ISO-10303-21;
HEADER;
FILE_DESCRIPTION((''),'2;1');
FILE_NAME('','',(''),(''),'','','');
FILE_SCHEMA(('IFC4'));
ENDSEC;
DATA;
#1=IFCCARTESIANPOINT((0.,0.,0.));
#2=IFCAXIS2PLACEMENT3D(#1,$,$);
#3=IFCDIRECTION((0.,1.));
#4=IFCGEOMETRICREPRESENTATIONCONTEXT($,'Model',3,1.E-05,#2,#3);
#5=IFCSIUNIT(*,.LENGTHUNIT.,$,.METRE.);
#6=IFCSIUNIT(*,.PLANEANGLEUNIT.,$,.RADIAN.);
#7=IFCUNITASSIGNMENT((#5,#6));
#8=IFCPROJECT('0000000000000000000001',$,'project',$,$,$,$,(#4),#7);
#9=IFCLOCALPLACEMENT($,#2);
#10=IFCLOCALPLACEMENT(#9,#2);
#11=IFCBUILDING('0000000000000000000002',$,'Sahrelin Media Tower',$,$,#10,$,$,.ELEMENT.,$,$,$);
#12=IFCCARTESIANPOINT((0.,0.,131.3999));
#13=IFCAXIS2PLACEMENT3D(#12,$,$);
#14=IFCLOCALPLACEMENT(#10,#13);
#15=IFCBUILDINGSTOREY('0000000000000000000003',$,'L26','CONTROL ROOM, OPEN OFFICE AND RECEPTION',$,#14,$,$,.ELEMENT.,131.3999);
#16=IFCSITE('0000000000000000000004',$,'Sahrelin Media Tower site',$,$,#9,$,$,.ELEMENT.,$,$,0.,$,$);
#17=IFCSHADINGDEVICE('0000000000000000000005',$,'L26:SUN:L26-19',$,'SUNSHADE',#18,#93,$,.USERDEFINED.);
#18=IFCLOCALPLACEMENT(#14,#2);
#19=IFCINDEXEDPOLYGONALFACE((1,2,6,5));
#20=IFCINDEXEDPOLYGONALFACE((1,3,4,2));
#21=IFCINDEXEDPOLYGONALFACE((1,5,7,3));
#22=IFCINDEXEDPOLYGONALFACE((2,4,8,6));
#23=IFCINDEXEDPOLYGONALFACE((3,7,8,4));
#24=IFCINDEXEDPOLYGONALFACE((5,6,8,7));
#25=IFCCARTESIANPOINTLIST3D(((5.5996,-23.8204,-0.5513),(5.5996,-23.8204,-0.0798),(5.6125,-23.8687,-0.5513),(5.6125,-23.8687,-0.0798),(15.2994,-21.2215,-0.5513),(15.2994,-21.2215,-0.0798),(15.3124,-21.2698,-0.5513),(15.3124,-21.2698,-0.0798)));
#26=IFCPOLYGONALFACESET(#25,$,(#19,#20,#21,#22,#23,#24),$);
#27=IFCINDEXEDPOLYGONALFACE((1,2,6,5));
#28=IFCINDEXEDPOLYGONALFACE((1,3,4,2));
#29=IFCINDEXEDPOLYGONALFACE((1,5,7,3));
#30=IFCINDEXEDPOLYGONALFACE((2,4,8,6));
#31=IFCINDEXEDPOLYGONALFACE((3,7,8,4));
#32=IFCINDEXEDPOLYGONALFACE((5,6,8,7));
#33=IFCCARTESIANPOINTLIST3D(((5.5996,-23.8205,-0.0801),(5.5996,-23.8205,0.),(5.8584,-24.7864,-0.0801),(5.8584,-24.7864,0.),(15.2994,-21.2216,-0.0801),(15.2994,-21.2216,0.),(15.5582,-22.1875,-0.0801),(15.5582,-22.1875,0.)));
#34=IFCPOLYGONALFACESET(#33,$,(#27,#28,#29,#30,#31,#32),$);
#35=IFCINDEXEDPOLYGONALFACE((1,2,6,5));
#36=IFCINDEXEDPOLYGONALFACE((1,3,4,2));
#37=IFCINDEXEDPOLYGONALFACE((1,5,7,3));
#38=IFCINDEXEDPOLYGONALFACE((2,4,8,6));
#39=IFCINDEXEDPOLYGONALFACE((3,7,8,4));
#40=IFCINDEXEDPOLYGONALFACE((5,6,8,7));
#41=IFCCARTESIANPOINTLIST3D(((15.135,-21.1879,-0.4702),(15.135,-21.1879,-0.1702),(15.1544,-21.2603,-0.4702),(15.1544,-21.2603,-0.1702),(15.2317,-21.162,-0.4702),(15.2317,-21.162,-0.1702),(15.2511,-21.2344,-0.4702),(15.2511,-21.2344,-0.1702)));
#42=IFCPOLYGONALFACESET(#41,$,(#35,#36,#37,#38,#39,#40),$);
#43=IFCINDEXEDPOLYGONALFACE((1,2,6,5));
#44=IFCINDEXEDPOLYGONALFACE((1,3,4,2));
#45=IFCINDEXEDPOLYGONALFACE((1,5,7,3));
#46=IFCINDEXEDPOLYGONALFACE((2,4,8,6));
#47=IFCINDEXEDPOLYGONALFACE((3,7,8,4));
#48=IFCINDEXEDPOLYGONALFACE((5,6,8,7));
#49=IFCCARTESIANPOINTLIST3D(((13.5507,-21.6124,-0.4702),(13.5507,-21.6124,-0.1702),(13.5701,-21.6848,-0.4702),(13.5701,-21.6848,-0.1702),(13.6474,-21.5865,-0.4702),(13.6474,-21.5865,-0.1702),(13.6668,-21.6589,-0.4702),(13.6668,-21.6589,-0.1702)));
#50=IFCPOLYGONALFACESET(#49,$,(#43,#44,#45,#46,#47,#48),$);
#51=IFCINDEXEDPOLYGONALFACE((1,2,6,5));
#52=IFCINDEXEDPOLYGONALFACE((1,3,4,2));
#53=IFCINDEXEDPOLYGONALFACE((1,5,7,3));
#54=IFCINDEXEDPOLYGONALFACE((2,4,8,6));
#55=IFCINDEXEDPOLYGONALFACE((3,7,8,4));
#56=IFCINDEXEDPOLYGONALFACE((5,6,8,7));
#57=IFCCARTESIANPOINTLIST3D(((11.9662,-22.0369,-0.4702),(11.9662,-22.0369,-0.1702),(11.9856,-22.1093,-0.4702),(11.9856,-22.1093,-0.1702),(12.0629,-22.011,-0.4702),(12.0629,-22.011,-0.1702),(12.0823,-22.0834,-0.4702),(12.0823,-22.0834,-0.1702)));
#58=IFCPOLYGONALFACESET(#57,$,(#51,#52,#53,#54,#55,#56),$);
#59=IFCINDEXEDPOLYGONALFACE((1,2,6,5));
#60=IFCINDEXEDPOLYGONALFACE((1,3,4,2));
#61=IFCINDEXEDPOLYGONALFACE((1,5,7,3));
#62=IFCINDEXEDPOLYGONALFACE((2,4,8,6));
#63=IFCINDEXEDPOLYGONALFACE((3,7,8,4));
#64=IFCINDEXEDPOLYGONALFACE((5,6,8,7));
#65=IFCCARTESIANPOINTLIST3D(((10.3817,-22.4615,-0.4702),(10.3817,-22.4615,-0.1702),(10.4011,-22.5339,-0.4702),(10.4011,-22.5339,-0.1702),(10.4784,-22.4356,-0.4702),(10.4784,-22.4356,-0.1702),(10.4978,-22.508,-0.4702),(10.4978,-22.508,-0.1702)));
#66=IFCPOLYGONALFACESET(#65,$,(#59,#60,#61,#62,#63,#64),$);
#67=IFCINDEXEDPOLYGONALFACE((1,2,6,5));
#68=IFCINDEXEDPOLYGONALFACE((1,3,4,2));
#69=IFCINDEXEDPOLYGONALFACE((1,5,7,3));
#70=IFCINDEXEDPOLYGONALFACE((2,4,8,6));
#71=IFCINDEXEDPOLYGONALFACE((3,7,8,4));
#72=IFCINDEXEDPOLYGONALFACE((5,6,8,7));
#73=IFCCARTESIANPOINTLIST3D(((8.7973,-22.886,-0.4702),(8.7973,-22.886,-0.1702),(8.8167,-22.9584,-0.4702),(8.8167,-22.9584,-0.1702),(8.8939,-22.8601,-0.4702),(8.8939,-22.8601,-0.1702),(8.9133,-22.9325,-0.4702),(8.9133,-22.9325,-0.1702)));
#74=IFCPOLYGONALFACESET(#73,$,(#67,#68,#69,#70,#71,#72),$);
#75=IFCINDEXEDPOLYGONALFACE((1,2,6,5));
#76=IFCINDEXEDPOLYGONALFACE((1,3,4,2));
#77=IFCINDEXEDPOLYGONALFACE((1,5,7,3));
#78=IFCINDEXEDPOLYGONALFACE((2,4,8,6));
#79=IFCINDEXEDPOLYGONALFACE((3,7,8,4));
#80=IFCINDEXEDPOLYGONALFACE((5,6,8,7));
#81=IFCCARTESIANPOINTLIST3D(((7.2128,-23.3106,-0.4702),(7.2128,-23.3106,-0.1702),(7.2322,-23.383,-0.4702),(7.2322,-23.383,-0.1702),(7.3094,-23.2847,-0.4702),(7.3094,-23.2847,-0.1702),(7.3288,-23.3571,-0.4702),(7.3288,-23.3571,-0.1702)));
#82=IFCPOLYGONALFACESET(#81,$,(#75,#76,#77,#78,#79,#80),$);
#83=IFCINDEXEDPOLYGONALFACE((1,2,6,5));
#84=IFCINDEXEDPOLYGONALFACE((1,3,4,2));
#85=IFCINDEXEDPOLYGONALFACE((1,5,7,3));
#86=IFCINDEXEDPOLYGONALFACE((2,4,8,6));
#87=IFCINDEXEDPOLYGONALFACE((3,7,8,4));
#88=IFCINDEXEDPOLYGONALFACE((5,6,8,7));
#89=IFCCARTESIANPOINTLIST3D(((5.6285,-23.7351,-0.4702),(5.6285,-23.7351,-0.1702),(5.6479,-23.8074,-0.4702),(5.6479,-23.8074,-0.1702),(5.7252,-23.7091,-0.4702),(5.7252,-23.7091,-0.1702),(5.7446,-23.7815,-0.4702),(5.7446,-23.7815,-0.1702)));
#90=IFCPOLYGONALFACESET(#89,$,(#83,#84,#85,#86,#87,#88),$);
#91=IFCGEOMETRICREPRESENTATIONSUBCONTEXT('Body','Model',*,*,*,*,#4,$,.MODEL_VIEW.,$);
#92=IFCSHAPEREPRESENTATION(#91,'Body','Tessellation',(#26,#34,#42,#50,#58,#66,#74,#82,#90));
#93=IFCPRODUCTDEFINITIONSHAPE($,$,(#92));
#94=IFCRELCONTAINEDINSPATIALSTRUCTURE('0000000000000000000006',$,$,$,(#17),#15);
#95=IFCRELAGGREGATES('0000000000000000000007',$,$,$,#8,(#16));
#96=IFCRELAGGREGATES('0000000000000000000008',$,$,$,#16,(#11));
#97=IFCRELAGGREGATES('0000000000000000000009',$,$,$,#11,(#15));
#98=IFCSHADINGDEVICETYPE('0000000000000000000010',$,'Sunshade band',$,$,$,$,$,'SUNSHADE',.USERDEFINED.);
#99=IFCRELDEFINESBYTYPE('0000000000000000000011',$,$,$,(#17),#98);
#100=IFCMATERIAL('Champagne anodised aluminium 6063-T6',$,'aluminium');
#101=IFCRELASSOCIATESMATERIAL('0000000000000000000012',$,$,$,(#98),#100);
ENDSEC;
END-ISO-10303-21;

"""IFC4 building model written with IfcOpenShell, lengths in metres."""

from ifc_helpers import new_model, si_unit, direction, frame, origin, origin_2d, place, context, subcontext, project, spatial, rectangle, extrude, material, type_object, element, save


model = new_model("IFC4")

# Units and contexts
model_context = context("Model", 3, precision=1e-05, world=origin(), true_north=direction((0.0, 1.0)))
body_context = subcontext(model_context, "Body", "Model", "MODEL_VIEW")
ifc_project = project(units=[si_unit("LENGTHUNIT", "METRE"), si_unit("PLANEANGLEUNIT", "RADIAN")], contexts=[model_context])

# Site, building, storey
site_placement = place(None, origin())
site = spatial("IfcSite", under=ifc_project, at=site_placement, Name="Sahrelin Media Tower site", CompositionType="ELEMENT", RefElevation=0.0)
building_placement = place(site_placement, origin())
building = spatial("IfcBuilding", under=site, at=building_placement, Name="Sahrelin Media Tower", CompositionType="ELEMENT")
storey_placement = place(building_placement, frame((0.0, 0.0, 131.3999)))
storey = spatial("IfcBuildingStorey", under=building, at=storey_placement, Name="L26", Description="CONTROL ROOM, OPEN OFFICE AND RECEPTION", CompositionType="ELEMENT", Elevation=131.3999)

# Shared definitions
ifc_material_1 = material(Name="Champagne anodised aluminium 6063-T6", Category="aluminium")

# Shading device
placement_1 = place(storey_placement, frame((10.4443, -22.5017, 0.0), z_axis=(0.0, 0.0, 1.0), x_axis=(-0.965929, -0.258808, 0.0)))
shading_device_type_1 = type_object("IfcShadingDeviceType", Name="Sunshade band", ElementType="SUNSHADE", PredefinedType="USERDEFINED", material=ifc_material_1)
element("IfcShadingDevice", 1, at=placement_1, inside=storey, type_object=shading_device_type_1, Name="L26:SUN:L26-19", ObjectType="SUNSHADE", PredefinedType="USERDEFINED", context=body_context, shape_type="SweptSolid", body=[
    extrude(rectangle(XDim=10.042, YDim=0.05, at=origin_2d()), frame((0.0, 0.0449, -0.5513)), (0.0, 0.0, 1.0), 0.4714),
    extrude(rectangle(XDim=10.042, YDim=1.0, at=origin_2d()), frame((0.0, 0.52, -0.0801)), (0.0, 0.0, 1.0), 0.0801),
    extrude(rectangle(XDim=0.1001, YDim=0.075, at=origin_2d()), frame((-4.9209, -0.0176, -0.4702)), (0.0, 0.0, 1.0), 0.3),
    extrude(rectangle(XDim=0.1001, YDim=0.075, at=origin_2d()), frame((-3.2808, -0.0176, -0.4702)), (0.0, 0.0, 1.0), 0.3),
    extrude(rectangle(XDim=0.1001, YDim=0.075, at=origin_2d()), frame((-1.6404, -0.0176, -0.4702)), (0.0, 0.0, 1.0), 0.3),
    extrude(rectangle(XDim=0.1001, YDim=0.075, at=origin_2d()), frame((0.0, -0.0176, -0.4702)), (0.0, 0.0, 1.0), 0.3),
    extrude(rectangle(XDim=0.1001, YDim=0.075, at=origin_2d()), frame((1.6404, -0.0176, -0.4702)), (0.0, 0.0, 1.0), 0.3),
    extrude(rectangle(XDim=0.1001, YDim=0.075, at=origin_2d()), frame((3.2808, -0.0176, -0.4702)), (0.0, 0.0, 1.0), 0.3),
    extrude(rectangle(XDim=0.1001, YDim=0.075, at=origin_2d()), frame((4.9209, -0.0176, -0.4702)), (0.0, 0.0, 1.0), 0.3),
])

save(model, "model.ifc")
